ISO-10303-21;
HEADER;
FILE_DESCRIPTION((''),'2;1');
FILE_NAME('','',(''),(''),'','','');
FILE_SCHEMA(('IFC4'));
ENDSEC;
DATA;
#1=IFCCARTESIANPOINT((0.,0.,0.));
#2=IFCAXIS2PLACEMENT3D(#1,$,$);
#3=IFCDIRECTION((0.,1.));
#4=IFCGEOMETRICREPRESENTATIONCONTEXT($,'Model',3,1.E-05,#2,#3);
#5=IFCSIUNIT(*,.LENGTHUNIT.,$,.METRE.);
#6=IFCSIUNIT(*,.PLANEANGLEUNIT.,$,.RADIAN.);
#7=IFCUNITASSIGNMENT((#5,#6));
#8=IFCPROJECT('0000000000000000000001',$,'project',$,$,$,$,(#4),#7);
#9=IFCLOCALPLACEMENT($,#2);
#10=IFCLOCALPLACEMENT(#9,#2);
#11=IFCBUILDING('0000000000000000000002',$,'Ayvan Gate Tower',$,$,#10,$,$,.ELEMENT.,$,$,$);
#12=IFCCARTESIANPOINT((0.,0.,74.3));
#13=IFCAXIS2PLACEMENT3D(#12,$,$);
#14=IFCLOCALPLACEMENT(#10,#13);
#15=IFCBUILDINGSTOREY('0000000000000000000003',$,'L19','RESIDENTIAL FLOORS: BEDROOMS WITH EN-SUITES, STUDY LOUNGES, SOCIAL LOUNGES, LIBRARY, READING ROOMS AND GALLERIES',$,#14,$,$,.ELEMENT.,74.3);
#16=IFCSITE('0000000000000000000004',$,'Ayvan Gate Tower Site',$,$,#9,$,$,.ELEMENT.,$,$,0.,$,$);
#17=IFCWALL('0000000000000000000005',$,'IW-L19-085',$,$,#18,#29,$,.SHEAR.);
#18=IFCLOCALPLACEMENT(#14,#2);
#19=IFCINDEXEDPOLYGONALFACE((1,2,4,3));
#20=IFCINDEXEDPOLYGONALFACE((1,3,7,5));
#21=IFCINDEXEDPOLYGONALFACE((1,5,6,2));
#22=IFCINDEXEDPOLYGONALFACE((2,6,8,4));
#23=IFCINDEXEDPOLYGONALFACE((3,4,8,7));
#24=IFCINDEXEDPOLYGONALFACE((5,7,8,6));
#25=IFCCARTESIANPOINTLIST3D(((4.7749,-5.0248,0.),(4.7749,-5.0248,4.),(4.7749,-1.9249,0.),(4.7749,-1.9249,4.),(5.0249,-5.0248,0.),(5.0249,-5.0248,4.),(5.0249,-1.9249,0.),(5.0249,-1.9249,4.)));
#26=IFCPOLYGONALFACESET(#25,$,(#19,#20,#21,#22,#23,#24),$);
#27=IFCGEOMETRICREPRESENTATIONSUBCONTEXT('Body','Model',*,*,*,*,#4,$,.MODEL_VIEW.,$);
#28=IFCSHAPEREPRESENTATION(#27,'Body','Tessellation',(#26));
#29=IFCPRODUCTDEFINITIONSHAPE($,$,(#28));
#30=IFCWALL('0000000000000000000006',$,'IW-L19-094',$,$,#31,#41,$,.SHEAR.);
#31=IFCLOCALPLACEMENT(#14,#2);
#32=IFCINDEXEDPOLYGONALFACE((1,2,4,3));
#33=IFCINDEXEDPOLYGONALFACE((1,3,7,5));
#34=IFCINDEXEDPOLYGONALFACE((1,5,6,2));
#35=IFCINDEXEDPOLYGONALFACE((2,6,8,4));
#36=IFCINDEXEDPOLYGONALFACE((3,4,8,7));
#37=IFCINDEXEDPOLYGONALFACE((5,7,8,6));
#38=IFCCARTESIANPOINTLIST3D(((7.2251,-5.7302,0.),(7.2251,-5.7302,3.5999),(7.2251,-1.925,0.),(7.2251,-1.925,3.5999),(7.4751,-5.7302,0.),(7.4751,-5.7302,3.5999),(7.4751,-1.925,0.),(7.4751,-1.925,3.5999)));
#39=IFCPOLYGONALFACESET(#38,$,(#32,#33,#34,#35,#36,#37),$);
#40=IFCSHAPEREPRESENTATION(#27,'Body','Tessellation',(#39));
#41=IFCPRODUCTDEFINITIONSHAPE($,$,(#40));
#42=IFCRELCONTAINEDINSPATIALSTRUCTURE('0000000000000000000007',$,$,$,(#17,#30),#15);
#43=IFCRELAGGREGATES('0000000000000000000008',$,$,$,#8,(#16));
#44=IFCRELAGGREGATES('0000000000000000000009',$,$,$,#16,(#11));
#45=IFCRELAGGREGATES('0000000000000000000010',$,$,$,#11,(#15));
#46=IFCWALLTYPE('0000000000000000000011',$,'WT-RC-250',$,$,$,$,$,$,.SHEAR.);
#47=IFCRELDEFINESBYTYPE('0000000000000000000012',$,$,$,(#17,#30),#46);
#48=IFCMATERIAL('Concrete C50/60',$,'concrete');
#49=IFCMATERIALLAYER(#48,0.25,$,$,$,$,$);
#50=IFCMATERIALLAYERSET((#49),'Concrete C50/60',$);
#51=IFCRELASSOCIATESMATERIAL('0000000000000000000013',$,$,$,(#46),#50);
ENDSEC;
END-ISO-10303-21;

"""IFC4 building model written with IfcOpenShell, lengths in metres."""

from ifc_helpers import new_model, si_unit, direction, frame, frame_2d, origin, place, context, subcontext, project, spatial, rectangle, extrude, material, layer, layer_set, type_object, element, save


model = new_model("IFC4")

# Units and contexts
model_context = context("Model", 3, precision=1e-05, world=origin(), true_north=direction((0.0, 1.0)))
body_context = subcontext(model_context, "Body", "Model", "MODEL_VIEW")
ifc_project = project(units=[si_unit("LENGTHUNIT", "METRE"), si_unit("PLANEANGLEUNIT", "RADIAN")], contexts=[model_context])

# Site, building, storey
site_placement = place(None, origin())
site = spatial("IfcSite", under=ifc_project, at=site_placement, Name="Ayvan Gate Tower Site", CompositionType="ELEMENT", RefElevation=0.0)
building_placement = place(site_placement, origin())
building = spatial("IfcBuilding", under=site, at=building_placement, Name="Ayvan Gate Tower", CompositionType="ELEMENT")
storey_placement = place(building_placement, frame((0.0, 0.0, 74.3)))
storey = spatial("IfcBuildingStorey", under=building, at=storey_placement, Name="L19", Description="RESIDENTIAL FLOORS: BEDROOMS WITH EN-SUITES, STUDY LOUNGES, SOCIAL LOUNGES, LIBRARY, READING ROOMS AND GALLERIES", CompositionType="ELEMENT", Elevation=74.3)

# Walls
ifc_material_1 = material(Name="Concrete C50/60", Category="concrete")
ifc_layer_1 = layer(ifc_material_1, 0.25)
ifc_layer_set_1 = layer_set([ifc_layer_1], Name="Concrete C50/60")
wall_type_1 = type_object("IfcWallType", Name="WT-RC-250", PredefinedType="SHEAR", material=ifc_layer_set_1)
for number, where, z_axis, x_axis, name in (
    (1, (4.8999, -1.925, 0.0), (0.0, 0.0, 1.0), (0.0, -1.0, 0.0), "IW-L19-085"),
):
    element("IfcWall", number, at=place(storey_placement, frame(where, z_axis=z_axis, x_axis=x_axis)), inside=storey, type_object=wall_type_1, Name=name, PredefinedType="SHEAR", context=body_context, shape_type="SweptSolid", body=[
        extrude(rectangle(XDim=3.0999, YDim=0.25, at=frame_2d((1.5498, 0.0))), origin(), (0.0, 0.0, 1.0), 4.0),
    ])
wall_1_placement = place(storey_placement, frame((7.3501, -1.925, 0.0), z_axis=(0.0, 0.0, 1.0), x_axis=(0.0, -1.0, 0.0)))
element("IfcWall", 2, at=wall_1_placement, inside=storey, type_object=wall_type_1, Name="IW-L19-094", PredefinedType="SHEAR", context=body_context, shape_type="SweptSolid", body=[
    extrude(rectangle(XDim=3.8052, YDim=0.25, at=frame_2d((1.9026, 0.0))), origin(), (0.0, 0.0, 1.0), 3.5999),
])

save(model, "model.ifc")
